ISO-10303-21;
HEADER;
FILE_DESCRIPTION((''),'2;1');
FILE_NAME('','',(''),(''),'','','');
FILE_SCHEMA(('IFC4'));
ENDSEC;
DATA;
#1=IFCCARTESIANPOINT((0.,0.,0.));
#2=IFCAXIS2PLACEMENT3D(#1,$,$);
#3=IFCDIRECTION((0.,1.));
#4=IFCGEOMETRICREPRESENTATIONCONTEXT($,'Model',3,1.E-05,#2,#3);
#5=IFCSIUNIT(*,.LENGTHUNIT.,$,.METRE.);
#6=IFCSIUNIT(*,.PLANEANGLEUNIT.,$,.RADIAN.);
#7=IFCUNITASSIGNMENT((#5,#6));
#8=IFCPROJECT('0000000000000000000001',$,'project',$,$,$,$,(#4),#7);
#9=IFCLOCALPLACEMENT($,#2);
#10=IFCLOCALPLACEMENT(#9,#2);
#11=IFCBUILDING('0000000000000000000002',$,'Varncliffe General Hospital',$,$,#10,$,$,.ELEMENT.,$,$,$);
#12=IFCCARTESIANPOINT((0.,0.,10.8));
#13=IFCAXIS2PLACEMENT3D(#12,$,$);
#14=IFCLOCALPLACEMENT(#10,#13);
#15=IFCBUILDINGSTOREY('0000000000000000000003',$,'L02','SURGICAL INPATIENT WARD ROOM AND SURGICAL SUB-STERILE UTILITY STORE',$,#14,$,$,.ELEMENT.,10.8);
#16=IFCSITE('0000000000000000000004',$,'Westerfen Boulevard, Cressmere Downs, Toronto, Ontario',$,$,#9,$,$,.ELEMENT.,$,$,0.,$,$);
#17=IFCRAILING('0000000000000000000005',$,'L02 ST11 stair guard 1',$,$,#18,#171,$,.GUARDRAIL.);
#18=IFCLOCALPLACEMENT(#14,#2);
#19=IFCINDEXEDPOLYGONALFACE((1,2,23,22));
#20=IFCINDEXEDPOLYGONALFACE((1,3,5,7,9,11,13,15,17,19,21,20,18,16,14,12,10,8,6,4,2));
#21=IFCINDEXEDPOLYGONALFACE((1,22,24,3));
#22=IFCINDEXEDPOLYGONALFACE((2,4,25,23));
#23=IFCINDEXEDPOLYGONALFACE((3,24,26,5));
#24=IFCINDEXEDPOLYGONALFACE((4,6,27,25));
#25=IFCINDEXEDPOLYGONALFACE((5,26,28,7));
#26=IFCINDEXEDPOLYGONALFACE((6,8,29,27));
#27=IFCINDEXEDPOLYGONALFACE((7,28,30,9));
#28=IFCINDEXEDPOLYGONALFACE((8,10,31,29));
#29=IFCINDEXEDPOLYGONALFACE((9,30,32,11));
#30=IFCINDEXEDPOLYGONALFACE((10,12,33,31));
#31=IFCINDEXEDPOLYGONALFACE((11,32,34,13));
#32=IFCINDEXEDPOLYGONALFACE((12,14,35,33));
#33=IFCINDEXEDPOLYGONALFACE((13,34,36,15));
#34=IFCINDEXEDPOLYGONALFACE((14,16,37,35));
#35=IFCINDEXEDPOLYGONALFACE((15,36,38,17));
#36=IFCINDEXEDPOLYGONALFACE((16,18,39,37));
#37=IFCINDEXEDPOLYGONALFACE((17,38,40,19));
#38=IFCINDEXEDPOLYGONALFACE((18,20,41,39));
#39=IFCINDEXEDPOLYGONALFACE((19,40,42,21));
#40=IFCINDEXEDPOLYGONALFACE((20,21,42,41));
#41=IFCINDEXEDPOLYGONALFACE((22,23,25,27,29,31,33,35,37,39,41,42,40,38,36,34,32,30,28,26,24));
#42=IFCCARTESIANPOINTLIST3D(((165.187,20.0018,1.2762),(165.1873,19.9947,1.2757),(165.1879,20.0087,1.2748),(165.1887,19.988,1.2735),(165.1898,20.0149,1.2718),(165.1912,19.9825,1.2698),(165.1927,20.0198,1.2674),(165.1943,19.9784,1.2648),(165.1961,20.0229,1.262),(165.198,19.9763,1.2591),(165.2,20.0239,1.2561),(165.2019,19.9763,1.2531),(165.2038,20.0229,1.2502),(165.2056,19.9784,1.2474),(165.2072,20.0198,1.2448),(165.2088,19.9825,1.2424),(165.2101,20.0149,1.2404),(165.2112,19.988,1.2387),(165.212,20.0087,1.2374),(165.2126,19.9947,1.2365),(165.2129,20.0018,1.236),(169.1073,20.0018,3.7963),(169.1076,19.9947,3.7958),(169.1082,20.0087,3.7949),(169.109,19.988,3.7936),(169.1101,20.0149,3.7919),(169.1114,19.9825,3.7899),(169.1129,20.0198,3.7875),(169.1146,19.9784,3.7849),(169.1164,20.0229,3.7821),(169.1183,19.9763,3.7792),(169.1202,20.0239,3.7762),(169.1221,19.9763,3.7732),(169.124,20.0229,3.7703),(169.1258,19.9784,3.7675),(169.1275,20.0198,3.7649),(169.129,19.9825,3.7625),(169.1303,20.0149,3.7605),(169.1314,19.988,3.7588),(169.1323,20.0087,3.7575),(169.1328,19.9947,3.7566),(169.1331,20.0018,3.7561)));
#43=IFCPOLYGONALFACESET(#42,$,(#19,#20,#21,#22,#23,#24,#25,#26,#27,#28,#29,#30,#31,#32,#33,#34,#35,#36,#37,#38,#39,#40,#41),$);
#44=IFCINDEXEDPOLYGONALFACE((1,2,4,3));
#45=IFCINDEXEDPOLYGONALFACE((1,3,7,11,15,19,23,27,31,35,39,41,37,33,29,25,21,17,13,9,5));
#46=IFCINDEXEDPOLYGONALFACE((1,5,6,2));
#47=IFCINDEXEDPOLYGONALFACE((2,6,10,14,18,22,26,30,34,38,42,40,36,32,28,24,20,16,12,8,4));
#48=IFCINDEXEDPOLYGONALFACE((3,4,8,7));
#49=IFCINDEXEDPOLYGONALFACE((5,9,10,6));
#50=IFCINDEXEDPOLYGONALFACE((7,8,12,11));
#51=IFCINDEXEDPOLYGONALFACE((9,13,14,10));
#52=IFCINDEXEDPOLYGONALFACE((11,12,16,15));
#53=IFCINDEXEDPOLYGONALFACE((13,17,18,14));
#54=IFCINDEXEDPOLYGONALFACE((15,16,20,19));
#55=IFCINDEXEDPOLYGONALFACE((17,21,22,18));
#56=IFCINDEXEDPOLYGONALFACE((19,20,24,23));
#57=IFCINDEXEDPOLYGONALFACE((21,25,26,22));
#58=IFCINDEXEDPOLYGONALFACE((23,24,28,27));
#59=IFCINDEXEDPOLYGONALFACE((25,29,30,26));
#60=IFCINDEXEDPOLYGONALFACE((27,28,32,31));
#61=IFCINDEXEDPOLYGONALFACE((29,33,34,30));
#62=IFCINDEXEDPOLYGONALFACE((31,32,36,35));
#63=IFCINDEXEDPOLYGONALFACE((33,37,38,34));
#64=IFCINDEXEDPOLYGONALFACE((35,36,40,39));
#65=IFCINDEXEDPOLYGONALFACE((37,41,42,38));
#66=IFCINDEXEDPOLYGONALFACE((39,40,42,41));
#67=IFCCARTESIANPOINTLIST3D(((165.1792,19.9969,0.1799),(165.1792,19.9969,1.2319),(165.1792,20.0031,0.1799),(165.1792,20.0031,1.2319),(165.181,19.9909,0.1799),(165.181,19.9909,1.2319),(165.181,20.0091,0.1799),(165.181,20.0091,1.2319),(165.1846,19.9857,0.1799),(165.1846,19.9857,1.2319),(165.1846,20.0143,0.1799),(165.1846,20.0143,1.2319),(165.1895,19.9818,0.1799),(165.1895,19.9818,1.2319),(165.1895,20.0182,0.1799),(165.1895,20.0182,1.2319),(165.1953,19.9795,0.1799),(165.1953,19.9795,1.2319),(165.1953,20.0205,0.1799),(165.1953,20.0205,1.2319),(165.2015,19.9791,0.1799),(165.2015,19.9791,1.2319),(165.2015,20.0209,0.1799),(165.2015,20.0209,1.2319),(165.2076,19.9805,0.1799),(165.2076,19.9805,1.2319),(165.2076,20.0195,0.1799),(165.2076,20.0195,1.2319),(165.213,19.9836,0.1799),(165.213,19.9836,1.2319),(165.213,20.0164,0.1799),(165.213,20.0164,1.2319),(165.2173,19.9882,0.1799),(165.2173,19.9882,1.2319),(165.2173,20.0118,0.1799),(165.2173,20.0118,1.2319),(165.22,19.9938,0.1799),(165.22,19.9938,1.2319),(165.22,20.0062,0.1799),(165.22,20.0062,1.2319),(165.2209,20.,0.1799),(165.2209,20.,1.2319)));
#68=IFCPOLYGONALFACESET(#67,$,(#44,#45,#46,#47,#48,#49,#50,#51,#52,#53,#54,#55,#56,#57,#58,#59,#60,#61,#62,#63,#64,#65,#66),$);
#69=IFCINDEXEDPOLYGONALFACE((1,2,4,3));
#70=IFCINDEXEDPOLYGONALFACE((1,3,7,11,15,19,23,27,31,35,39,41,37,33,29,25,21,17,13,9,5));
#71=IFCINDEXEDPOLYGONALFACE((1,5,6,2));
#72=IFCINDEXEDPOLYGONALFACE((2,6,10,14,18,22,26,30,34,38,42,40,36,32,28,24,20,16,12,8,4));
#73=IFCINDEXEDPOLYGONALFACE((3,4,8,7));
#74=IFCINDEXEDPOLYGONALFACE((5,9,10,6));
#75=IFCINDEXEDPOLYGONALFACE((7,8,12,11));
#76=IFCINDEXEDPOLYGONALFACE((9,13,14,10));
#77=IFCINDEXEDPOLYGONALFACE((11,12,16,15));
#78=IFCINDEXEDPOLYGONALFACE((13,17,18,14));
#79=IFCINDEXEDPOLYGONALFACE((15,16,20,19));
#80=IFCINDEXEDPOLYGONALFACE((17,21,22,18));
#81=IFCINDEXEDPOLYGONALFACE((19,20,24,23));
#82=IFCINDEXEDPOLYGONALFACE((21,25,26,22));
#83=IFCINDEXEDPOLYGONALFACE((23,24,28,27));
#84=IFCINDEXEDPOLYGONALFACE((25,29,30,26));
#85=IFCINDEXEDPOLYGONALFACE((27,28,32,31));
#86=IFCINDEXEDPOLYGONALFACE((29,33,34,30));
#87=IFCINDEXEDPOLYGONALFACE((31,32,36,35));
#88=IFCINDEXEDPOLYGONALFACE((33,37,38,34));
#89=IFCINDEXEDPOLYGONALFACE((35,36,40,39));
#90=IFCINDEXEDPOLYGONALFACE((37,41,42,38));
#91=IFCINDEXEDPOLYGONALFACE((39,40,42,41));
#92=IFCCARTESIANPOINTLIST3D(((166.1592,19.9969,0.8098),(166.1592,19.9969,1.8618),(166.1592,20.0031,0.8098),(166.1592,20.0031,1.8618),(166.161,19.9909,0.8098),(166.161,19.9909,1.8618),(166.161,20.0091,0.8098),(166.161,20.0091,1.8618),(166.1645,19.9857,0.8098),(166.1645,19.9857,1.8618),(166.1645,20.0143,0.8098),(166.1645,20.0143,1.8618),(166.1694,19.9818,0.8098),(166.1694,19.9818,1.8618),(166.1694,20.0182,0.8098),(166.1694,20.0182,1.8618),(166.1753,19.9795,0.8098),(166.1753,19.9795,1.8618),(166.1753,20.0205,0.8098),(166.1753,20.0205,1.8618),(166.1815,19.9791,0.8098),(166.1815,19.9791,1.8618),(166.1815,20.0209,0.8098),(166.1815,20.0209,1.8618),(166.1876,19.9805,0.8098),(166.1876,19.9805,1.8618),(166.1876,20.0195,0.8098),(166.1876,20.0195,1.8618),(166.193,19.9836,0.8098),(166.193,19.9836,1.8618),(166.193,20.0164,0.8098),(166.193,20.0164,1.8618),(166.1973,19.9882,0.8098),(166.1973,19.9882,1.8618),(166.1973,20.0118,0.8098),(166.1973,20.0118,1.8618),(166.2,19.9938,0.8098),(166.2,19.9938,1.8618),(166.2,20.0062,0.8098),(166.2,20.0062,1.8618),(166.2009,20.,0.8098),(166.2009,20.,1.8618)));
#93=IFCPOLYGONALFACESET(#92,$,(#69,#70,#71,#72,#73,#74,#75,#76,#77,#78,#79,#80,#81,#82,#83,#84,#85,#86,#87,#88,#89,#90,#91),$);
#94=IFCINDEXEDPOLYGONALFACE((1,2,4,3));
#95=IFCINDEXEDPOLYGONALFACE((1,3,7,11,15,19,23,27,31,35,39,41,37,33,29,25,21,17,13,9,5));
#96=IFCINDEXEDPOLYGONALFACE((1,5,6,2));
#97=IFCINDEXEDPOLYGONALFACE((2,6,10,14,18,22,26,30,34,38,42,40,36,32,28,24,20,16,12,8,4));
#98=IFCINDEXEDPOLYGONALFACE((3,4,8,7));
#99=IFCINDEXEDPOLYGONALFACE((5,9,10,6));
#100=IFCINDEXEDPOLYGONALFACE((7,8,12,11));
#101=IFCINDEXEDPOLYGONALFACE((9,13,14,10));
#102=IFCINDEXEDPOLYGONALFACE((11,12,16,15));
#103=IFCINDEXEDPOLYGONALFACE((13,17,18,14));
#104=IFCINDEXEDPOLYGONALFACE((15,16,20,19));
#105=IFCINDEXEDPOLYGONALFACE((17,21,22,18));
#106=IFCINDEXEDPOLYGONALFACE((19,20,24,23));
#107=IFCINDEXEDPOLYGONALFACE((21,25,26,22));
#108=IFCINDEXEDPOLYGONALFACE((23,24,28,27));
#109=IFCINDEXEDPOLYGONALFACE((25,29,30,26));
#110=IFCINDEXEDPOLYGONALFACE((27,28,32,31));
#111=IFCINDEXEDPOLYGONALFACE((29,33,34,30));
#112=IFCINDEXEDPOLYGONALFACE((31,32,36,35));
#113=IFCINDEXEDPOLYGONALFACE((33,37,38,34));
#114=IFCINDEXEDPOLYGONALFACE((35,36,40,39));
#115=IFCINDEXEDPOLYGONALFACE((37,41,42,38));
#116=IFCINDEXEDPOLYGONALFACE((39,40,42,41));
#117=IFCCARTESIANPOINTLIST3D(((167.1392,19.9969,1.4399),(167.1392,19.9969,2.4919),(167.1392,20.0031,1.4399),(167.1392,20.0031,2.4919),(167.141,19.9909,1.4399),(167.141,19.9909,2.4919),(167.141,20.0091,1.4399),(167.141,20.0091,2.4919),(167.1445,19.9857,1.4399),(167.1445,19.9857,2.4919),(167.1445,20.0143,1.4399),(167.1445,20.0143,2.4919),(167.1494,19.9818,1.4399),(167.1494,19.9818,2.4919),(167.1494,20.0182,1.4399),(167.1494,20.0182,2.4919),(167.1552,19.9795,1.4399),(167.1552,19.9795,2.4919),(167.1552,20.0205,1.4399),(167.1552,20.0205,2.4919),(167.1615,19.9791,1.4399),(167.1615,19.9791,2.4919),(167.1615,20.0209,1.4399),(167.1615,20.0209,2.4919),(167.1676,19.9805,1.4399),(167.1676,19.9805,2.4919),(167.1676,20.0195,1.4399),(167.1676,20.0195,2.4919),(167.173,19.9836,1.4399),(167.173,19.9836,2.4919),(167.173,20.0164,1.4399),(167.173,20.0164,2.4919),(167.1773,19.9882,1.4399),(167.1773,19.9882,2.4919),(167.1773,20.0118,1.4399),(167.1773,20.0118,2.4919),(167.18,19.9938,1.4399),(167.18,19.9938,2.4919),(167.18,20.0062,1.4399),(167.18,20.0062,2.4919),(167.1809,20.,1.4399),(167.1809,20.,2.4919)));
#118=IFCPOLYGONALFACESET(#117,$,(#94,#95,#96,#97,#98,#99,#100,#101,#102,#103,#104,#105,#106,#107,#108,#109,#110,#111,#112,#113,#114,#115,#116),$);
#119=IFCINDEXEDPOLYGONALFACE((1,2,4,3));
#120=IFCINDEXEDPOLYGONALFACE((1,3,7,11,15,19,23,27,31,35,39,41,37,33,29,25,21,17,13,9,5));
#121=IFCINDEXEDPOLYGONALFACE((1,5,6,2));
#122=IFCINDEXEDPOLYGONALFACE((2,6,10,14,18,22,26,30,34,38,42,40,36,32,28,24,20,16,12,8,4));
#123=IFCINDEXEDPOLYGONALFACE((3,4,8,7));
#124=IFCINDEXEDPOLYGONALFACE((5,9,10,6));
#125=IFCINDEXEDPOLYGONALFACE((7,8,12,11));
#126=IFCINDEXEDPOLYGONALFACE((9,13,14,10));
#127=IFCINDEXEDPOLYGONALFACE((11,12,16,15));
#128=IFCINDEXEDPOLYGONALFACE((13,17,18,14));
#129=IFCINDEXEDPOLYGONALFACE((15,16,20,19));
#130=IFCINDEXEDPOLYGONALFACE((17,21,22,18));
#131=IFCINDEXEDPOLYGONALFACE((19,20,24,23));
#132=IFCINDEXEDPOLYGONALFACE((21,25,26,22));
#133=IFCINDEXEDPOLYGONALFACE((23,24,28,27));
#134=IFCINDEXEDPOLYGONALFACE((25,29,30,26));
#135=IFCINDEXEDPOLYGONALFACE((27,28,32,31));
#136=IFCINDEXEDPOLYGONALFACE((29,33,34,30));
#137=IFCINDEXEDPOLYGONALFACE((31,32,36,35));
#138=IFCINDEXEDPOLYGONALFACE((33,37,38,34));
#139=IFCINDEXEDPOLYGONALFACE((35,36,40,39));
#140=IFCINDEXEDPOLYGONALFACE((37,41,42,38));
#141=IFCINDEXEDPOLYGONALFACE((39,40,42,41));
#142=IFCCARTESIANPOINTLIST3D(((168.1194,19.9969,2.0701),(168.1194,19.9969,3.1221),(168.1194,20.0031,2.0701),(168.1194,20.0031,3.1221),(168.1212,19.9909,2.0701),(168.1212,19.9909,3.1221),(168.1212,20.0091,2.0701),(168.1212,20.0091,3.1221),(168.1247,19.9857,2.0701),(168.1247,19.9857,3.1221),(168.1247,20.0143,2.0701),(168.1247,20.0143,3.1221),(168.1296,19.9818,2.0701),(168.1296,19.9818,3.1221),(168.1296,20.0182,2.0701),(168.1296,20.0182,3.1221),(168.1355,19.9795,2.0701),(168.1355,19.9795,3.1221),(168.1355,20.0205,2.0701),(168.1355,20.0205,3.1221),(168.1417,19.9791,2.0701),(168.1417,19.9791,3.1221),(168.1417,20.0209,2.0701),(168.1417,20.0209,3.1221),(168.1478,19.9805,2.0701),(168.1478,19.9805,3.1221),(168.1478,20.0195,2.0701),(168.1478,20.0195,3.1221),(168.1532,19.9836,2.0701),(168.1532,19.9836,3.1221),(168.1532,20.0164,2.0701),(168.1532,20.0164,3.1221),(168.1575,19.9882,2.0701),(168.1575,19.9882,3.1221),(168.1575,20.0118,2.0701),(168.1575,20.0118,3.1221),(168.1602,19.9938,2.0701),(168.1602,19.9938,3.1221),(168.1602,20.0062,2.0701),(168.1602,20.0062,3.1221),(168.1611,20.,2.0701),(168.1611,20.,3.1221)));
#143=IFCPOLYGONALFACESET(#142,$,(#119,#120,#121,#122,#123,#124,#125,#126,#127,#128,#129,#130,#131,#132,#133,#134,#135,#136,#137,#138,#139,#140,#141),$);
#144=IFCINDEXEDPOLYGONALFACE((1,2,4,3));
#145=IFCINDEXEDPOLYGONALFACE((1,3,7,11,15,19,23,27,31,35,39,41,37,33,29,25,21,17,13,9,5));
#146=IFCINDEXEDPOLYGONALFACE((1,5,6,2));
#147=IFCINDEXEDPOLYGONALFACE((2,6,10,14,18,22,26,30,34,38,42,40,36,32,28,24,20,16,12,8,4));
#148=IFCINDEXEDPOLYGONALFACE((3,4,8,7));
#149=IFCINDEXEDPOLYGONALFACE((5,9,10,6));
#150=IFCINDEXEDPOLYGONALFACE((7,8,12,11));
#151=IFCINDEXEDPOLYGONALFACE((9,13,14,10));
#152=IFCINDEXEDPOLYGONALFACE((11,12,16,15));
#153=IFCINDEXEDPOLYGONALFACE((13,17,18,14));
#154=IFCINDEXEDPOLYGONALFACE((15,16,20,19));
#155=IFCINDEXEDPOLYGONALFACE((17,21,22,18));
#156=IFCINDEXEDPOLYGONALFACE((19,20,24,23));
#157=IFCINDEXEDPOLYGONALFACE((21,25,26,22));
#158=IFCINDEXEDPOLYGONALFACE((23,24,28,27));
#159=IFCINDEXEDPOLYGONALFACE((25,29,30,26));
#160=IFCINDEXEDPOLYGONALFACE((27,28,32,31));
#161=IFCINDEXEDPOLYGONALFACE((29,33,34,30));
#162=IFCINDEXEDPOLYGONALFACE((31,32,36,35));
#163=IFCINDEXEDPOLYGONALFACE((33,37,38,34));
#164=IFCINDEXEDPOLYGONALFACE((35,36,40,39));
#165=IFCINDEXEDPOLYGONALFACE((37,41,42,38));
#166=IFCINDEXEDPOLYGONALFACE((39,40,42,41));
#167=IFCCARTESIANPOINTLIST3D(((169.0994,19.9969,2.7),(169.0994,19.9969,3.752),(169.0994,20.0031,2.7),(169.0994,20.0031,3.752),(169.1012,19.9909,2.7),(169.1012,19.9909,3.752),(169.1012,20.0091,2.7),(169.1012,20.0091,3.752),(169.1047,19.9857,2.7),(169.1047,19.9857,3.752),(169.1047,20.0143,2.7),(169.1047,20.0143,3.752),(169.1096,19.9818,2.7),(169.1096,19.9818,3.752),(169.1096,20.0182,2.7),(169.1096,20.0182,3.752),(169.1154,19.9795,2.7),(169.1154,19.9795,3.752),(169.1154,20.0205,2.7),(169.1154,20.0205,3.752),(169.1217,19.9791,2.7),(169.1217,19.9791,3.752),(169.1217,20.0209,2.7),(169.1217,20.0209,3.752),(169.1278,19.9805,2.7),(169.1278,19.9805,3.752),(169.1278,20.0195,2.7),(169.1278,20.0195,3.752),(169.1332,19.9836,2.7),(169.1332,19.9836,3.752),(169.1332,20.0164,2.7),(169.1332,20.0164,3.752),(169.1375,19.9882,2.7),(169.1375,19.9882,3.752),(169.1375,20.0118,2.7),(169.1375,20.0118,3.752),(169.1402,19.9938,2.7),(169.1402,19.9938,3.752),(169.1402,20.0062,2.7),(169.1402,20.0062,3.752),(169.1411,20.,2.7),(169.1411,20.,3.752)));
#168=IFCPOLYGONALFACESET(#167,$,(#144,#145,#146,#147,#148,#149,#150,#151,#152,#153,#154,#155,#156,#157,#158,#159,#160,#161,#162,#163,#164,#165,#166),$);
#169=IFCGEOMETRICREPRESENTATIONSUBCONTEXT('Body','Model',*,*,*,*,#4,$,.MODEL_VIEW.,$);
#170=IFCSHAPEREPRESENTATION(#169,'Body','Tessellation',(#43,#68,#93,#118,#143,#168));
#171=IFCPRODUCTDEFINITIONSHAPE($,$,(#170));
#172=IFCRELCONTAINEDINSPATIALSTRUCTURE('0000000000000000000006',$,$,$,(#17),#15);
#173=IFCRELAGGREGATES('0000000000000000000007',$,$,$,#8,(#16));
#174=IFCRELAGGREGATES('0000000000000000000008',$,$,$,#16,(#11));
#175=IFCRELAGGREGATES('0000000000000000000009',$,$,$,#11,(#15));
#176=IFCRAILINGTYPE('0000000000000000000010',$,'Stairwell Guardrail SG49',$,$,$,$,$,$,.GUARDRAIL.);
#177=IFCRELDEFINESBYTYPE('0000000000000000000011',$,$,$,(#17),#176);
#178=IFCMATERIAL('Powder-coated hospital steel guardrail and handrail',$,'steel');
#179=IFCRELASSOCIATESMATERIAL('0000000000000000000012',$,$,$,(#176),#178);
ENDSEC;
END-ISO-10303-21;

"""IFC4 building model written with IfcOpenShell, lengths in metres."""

from ifc_helpers import new_model, si_unit, direction, frame, origin, origin_2d, place, context, subcontext, project, spatial, circle, extrude, material, type_object, element, save


model = new_model("IFC4")

# Units and contexts
model_context = context("Model", 3, precision=1e-05, world=origin(), true_north=direction((0.0, 1.0)))
body_context = subcontext(model_context, "Body", "Model", "MODEL_VIEW")
ifc_project = project(units=[si_unit("LENGTHUNIT", "METRE"), si_unit("PLANEANGLEUNIT", "RADIAN")], contexts=[model_context])

# Site, building, storey
site_placement = place(None, origin())
site = spatial("IfcSite", under=ifc_project, at=site_placement, Name="Westerfen Boulevard, Cressmere Downs, Toronto, Ontario", CompositionType="ELEMENT", RefElevation=0.0)
building_placement = place(site_placement, origin())
building = spatial("IfcBuilding", under=site, at=building_placement, Name="Varncliffe General Hospital", CompositionType="ELEMENT")
storey_placement = place(building_placement, frame((0.0, 0.0, 10.8)))
storey = spatial("IfcBuildingStorey", under=building, at=storey_placement, Name="L02", Description="SURGICAL INPATIENT WARD ROOM AND SURGICAL SUB-STERILE UTILITY STORE", CompositionType="ELEMENT", Elevation=10.8)

# Railing
ifc_material_1 = material(Name="Powder-coated hospital steel guardrail and handrail", Category="steel")
railing_type_1 = type_object("IfcRailingType", Name="Stairwell Guardrail SG49", PredefinedType="GUARDRAIL", material=ifc_material_1)
railing_1_placement = place(storey_placement, frame((165.2, 20.0, 0.1799)))
element("IfcRailing", 1, at=railing_1_placement, inside=storey, type_object=railing_type_1, Name="L02 ST11 stair guard 1", PredefinedType="GUARDRAIL", context=body_context, shape_type="SweptSolid", body=[
    extrude(circle(Radius=0.0239, at=origin_2d()), frame((0.0, 0.0, 1.0762), z_axis=(0.841187, 0.0, 0.540744), x_axis=(0.0, 1.0, 0.0)), (0.0, 0.0, 1.0), 4.6604),
    extrude(circle(Radius=0.021, at=origin_2d()), origin(), (0.0, 0.0, 1.0), 1.052),
    extrude(circle(Radius=0.021, at=origin_2d()), frame((0.98, 0.0, 0.6299)), (0.0, 0.0, 1.0), 1.052),
    extrude(circle(Radius=0.021, at=origin_2d()), frame((1.96, 0.0, 1.26)), (0.0, 0.0, 1.0), 1.052),
    extrude(circle(Radius=0.021, at=origin_2d()), frame((2.9402, 0.0, 1.8901)), (0.0, 0.0, 1.0), 1.052),
    extrude(circle(Radius=0.021, at=origin_2d()), frame((3.9202, 0.0, 2.52)), (0.0, 0.0, 1.0), 1.052),
])

save(model, "model.ifc")
